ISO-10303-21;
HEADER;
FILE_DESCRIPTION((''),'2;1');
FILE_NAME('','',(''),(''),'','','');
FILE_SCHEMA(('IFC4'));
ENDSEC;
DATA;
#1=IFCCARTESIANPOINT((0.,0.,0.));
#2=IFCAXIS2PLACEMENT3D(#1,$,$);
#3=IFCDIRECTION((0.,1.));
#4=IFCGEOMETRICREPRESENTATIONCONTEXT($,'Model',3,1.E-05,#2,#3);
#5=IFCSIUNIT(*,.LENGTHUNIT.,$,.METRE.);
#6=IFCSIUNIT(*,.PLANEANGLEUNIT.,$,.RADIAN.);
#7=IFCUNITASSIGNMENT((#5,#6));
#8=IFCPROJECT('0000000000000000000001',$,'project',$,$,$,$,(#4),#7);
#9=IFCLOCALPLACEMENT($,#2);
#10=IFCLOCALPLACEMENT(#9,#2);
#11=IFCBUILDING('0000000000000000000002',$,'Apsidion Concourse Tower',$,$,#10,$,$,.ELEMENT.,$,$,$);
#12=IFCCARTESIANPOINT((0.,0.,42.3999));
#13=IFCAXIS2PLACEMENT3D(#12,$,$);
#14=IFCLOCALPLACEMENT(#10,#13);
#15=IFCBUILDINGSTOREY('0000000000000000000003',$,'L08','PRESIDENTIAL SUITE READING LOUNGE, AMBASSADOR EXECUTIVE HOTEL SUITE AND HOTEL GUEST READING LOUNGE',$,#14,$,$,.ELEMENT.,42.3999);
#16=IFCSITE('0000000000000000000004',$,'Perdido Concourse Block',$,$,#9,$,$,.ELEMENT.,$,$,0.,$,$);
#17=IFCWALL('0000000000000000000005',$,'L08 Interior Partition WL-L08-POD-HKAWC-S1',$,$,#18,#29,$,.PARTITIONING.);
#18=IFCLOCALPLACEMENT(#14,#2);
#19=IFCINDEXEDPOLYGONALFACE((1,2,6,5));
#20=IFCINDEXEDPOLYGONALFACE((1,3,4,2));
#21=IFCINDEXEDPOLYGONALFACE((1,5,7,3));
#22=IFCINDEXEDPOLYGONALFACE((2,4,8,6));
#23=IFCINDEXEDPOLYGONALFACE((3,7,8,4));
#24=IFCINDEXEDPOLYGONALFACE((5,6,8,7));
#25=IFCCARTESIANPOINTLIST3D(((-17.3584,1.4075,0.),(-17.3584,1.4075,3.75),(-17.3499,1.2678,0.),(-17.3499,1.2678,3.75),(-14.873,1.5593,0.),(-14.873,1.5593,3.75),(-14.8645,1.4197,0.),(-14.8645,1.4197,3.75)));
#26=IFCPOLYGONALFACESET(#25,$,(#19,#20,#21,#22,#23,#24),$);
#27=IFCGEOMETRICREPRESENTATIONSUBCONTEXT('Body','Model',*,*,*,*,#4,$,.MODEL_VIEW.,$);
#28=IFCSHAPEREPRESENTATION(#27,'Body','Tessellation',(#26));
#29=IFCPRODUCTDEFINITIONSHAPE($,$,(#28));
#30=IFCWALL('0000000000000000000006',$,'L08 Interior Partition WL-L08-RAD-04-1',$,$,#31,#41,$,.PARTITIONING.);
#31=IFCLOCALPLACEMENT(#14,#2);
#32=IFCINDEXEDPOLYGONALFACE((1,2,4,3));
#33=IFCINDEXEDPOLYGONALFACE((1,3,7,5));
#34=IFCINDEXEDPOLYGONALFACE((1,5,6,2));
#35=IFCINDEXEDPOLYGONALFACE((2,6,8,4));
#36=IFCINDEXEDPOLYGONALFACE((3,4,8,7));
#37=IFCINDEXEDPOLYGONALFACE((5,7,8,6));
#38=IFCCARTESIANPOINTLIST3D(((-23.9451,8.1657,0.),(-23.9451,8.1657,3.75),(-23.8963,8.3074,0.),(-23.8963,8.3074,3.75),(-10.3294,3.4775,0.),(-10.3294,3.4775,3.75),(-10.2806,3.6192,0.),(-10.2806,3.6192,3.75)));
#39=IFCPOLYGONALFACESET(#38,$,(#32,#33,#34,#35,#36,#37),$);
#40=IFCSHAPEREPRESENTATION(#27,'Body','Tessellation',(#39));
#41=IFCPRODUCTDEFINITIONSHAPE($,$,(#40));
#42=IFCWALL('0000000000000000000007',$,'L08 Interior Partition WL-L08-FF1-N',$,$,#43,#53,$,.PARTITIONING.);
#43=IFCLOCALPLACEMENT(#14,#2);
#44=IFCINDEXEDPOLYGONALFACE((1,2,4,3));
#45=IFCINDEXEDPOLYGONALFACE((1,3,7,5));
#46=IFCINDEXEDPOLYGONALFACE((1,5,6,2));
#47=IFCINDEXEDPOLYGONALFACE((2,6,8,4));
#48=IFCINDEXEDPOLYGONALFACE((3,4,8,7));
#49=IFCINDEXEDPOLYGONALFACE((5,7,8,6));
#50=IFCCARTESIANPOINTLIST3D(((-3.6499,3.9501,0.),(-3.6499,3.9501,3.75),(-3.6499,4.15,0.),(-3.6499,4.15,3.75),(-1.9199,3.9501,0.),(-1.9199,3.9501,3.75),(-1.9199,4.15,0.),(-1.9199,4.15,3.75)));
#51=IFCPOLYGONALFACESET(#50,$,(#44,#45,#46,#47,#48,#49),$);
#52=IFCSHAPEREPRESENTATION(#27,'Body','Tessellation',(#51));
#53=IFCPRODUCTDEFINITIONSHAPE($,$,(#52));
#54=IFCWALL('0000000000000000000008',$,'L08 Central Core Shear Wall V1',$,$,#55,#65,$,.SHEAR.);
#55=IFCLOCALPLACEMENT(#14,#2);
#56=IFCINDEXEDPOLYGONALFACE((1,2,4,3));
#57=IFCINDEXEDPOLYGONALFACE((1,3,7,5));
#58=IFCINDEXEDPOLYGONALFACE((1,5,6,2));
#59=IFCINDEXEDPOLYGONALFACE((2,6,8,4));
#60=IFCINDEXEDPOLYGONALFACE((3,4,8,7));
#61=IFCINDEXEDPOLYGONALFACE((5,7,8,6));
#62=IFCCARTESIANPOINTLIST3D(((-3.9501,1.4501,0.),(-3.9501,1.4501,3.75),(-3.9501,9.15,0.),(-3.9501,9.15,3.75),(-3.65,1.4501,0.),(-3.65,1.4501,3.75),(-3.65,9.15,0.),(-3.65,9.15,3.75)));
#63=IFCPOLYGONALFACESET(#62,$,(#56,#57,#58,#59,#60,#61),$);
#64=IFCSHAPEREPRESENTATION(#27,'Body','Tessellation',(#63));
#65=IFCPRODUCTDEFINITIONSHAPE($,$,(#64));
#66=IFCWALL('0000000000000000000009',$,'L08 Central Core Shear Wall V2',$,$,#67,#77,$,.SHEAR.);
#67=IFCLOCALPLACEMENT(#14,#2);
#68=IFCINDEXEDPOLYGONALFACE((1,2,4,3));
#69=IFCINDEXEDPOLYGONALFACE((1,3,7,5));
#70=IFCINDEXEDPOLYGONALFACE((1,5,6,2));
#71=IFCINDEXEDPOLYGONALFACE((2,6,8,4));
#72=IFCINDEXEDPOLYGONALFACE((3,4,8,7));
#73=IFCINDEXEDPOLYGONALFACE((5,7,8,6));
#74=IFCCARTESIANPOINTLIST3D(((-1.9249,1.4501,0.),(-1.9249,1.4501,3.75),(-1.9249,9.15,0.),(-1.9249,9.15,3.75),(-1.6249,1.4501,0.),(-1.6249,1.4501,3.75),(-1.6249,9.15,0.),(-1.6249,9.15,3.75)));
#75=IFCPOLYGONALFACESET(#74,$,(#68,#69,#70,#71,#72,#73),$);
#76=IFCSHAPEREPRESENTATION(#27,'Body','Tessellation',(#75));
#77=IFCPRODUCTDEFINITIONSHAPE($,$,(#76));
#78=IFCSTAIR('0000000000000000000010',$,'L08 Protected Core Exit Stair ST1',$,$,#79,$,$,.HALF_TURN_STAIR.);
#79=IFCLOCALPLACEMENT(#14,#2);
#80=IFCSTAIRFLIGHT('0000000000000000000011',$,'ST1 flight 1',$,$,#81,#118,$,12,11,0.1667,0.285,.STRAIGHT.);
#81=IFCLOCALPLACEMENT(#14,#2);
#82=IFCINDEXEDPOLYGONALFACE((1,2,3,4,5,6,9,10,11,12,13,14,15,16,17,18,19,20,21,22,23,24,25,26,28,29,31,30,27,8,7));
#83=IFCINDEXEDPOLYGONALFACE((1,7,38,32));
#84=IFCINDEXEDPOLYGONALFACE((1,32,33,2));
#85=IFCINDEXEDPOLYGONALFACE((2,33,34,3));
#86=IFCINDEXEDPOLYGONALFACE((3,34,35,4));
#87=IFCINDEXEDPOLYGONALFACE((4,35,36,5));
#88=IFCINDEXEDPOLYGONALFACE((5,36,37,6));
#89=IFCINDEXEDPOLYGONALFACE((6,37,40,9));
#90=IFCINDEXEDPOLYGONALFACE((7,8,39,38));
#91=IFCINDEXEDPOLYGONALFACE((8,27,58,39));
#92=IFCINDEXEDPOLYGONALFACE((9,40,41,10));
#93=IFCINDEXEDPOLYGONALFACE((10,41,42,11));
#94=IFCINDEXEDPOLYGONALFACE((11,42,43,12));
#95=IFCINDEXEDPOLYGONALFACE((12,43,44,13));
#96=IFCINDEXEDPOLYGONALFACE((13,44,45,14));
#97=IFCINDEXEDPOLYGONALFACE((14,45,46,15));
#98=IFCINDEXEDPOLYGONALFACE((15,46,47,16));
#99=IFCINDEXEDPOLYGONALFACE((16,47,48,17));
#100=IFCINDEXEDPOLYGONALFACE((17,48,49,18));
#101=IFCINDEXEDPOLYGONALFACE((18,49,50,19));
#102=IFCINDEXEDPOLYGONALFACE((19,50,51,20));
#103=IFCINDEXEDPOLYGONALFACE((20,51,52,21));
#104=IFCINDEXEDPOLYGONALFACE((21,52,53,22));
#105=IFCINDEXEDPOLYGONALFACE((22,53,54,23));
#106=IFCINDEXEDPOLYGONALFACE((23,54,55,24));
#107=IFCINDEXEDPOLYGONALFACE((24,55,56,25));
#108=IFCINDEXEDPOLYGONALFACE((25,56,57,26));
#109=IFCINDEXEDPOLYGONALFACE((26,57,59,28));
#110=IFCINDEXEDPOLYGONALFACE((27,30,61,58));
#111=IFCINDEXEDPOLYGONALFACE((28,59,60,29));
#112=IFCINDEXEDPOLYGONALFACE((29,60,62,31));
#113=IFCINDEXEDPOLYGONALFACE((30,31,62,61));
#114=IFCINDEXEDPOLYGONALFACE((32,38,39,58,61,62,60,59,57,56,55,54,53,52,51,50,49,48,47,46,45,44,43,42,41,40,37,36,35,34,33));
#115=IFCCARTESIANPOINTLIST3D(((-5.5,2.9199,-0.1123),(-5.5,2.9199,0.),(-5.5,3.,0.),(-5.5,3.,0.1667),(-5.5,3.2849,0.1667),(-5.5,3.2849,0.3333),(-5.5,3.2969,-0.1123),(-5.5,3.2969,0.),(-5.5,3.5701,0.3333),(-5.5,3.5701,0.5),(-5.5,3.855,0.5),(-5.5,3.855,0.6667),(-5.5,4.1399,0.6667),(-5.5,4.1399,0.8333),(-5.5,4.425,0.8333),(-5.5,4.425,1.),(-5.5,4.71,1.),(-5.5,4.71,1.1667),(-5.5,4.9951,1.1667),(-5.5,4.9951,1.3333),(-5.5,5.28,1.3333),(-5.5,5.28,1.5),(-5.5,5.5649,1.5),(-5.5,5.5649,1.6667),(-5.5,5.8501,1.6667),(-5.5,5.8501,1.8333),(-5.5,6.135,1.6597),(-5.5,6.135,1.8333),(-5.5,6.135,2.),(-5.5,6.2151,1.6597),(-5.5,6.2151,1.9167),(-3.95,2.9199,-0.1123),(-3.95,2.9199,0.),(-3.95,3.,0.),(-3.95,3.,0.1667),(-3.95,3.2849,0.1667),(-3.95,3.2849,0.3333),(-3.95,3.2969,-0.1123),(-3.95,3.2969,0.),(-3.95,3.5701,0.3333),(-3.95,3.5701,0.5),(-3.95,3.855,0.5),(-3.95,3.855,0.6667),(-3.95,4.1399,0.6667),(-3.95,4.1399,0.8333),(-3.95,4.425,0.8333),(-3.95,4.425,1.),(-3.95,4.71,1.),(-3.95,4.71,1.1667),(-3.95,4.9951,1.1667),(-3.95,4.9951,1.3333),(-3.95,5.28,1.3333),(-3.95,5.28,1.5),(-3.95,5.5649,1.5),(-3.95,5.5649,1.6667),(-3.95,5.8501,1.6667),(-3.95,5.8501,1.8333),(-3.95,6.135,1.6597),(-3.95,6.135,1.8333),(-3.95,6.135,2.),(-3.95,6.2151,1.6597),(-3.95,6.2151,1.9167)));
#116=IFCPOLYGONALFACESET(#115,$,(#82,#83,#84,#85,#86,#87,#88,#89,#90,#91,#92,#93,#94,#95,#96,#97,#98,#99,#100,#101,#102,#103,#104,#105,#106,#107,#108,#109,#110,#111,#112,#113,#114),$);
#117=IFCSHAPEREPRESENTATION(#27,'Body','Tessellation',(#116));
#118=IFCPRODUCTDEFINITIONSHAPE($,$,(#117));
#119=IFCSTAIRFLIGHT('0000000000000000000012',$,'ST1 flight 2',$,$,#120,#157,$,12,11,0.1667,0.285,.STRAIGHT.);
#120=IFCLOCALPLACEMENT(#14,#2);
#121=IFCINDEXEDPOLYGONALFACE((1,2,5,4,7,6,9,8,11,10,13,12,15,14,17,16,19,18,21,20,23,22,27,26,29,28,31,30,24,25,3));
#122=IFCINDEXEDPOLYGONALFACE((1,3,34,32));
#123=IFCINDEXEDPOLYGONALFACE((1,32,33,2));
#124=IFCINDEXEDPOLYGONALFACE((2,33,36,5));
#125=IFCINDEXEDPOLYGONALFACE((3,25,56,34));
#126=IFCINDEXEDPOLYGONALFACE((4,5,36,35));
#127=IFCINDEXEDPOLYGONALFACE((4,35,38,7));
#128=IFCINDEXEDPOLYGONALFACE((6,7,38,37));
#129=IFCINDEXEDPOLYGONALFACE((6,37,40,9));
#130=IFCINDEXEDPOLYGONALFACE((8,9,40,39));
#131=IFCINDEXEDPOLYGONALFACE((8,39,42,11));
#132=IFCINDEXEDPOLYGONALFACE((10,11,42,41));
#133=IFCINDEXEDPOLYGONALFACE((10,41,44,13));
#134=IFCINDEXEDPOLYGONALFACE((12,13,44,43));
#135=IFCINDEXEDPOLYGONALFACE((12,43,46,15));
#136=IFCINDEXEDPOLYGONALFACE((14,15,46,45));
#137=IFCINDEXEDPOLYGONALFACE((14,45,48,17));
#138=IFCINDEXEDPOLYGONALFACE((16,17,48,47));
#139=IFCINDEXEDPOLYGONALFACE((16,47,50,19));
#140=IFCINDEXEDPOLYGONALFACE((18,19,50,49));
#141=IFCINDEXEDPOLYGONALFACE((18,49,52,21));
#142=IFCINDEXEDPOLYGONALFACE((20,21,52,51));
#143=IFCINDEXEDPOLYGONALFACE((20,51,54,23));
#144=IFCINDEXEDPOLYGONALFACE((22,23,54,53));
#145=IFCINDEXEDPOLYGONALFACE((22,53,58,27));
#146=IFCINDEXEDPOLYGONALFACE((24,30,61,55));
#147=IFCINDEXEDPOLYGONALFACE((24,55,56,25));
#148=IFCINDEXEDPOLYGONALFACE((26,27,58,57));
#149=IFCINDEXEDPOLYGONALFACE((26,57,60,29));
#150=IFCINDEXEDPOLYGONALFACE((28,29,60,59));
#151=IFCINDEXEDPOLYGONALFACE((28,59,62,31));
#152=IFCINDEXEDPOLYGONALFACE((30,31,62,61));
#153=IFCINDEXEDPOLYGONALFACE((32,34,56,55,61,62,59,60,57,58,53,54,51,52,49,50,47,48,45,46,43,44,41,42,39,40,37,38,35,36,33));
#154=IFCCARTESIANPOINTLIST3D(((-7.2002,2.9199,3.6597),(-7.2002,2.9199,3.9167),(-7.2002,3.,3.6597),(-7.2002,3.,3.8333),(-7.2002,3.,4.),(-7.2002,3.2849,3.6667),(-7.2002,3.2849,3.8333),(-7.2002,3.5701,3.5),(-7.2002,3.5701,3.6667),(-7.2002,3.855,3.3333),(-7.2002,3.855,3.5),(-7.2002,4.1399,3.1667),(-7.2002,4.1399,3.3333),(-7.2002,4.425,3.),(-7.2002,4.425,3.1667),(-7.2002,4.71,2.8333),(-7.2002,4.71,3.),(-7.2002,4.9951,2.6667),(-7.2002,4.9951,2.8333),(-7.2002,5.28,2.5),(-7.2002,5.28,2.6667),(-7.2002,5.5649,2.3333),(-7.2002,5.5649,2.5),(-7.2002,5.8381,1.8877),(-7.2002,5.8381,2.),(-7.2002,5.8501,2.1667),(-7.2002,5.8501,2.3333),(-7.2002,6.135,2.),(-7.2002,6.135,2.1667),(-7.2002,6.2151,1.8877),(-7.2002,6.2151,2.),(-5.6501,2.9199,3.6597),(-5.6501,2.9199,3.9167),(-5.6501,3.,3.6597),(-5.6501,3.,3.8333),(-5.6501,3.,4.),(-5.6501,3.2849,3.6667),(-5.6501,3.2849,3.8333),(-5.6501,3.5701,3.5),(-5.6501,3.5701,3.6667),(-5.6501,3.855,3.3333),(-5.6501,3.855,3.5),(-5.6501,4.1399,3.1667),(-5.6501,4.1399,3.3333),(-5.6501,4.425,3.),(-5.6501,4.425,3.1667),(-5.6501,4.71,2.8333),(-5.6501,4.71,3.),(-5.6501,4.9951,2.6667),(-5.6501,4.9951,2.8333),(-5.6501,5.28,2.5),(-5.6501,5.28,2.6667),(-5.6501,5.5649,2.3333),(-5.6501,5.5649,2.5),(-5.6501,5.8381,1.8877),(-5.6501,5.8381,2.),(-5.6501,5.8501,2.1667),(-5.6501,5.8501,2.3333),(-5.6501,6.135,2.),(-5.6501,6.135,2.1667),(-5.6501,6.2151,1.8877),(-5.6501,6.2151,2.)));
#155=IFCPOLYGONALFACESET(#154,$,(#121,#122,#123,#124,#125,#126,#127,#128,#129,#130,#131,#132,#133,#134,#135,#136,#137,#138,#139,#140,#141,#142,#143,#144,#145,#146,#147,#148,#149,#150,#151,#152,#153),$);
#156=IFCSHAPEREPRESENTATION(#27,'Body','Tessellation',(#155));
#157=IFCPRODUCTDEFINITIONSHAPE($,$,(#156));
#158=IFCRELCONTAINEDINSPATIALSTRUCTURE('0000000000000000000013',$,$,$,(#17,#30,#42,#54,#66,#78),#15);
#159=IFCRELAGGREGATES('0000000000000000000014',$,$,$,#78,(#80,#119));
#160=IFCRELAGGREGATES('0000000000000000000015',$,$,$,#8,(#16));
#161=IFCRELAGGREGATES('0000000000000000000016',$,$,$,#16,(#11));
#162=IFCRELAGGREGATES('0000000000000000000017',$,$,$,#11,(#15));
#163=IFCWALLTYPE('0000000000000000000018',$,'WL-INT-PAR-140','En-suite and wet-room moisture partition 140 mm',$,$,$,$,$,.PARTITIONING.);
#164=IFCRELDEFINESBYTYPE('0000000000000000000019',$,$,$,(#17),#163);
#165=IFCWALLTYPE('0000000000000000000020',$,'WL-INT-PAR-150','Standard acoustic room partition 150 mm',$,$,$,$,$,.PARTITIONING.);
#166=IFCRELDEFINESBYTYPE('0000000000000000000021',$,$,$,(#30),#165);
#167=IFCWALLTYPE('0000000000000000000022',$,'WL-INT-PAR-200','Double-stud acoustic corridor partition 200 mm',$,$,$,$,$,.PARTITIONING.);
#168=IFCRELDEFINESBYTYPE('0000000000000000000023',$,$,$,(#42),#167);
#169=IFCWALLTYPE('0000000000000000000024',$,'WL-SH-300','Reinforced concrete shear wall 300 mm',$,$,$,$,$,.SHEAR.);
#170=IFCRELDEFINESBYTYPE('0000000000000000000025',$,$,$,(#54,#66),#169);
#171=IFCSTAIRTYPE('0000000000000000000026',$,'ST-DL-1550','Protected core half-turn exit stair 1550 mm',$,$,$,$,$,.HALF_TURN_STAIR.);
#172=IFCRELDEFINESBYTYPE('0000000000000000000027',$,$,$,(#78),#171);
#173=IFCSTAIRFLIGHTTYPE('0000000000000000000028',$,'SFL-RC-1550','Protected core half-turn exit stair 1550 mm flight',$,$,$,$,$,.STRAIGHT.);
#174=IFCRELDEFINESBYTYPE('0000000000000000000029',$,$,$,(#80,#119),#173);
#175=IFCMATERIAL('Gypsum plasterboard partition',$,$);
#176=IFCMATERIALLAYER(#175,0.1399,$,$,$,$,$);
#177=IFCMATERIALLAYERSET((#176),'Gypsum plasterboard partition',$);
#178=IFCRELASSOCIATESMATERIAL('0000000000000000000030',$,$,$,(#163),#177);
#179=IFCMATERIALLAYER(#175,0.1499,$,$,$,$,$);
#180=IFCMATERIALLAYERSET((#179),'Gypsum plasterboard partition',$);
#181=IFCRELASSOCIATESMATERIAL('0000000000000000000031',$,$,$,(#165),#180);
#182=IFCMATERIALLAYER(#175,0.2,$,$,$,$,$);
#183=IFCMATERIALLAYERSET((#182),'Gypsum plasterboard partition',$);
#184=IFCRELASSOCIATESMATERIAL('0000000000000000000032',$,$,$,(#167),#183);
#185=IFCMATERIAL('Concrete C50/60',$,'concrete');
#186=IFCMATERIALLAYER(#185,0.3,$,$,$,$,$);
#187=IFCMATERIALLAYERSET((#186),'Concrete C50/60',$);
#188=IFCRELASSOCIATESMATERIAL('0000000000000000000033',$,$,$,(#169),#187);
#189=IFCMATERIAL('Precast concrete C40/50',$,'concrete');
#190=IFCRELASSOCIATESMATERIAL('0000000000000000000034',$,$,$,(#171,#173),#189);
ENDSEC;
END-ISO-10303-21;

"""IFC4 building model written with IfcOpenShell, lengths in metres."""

from ifc_helpers import new_model, si_unit, direction, frame, frame_2d, origin, place, context, subcontext, project, spatial, polyline, rectangle, outline, extrude, material, layer, layer_set, type_object, element, aggregate, save


model = new_model("IFC4")

# Units and contexts
model_context = context("Model", 3, precision=1e-05, world=origin(), true_north=direction((0.0, 1.0)))
body_context = subcontext(model_context, "Body", "Model", "MODEL_VIEW")
ifc_project = project(units=[si_unit("LENGTHUNIT", "METRE"), si_unit("PLANEANGLEUNIT", "RADIAN")], contexts=[model_context])

# Site, building, storey
site_placement = place(None, origin())
site = spatial("IfcSite", under=ifc_project, at=site_placement, Name="Perdido Concourse Block", CompositionType="ELEMENT", RefElevation=0.0)
building_placement = place(site_placement, origin())
building = spatial("IfcBuilding", under=site, at=building_placement, Name="Apsidion Concourse Tower", CompositionType="ELEMENT")
storey_placement = place(building_placement, frame((0.0, 0.0, 42.3999)))
storey = spatial("IfcBuildingStorey", under=building, at=storey_placement, Name="L08", Description="PRESIDENTIAL SUITE READING LOUNGE, AMBASSADOR EXECUTIVE HOTEL SUITE AND HOTEL GUEST READING LOUNGE", CompositionType="ELEMENT", Elevation=42.3999)

# Shared definitions
ifc_material_1 = material(Name="Concrete C50/60", Category="concrete")

# Walls
ifc_material_2 = material(Name="Gypsum plasterboard partition")
ifc_layer_1 = layer(ifc_material_2, 0.1399)
ifc_layer_set_1 = layer_set([ifc_layer_1], Name="Gypsum plasterboard partition")
wall_type_1 = type_object("IfcWallType", Name="WL-INT-PAR-140", Description="En-suite and wet-room moisture partition 140 mm", PredefinedType="PARTITIONING", material=ifc_layer_set_1)
wall_1_placement = place(storey_placement, frame((-14.8687, 1.4895, 0.0), z_axis=(0.0, 0.0, 1.0), x_axis=(-0.998139, -0.060986, 0.0)))
element("IfcWall", 1, at=wall_1_placement, inside=storey, type_object=wall_type_1, Name="L08 Interior Partition WL-L08-POD-HKAWC-S1", PredefinedType="PARTITIONING", context=body_context, shape_type="SweptSolid", body=[
    extrude(rectangle(XDim=2.49, YDim=0.1399, at=frame_2d((1.2451, 0.0))), origin(), (0.0, 0.0, 1.0), 3.75),
])
ifc_layer_2 = layer(ifc_material_2, 0.1499)
ifc_layer_set_2 = layer_set([ifc_layer_2], Name="Gypsum plasterboard partition")
wall_type_2 = type_object("IfcWallType", Name="WL-INT-PAR-150", Description="Standard acoustic room partition 150 mm", PredefinedType="PARTITIONING", material=ifc_layer_set_2)
wall_2_placement = place(storey_placement, frame((-10.3049, 3.5483, 0.0), z_axis=(0.0, 0.0, 1.0), x_axis=(-0.945519, 0.325566, 0.0)))
element("IfcWall", 2, at=wall_2_placement, inside=storey, type_object=wall_type_2, Name="L08 Interior Partition WL-L08-RAD-04-1", PredefinedType="PARTITIONING", context=body_context, shape_type="SweptSolid", body=[
    extrude(rectangle(XDim=14.4001, YDim=0.1499, at=frame_2d((7.2002, 0.0))), origin(), (0.0, 0.0, 1.0), 3.75),
])
ifc_layer_3 = layer(ifc_material_2, 0.2)
ifc_layer_set_3 = layer_set([ifc_layer_3], Name="Gypsum plasterboard partition")
wall_type_3 = type_object("IfcWallType", Name="WL-INT-PAR-200", Description="Double-stud acoustic corridor partition 200 mm", PredefinedType="PARTITIONING", material=ifc_layer_set_3)
wall_3_placement = place(storey_placement, frame((-3.6499, 4.05, 0.0), z_axis=(0.0, 0.0, 1.0), x_axis=(1.0, 0.0, 0.0)))
element("IfcWall", 3, at=wall_3_placement, inside=storey, type_object=wall_type_3, Name="L08 Interior Partition WL-L08-FF1-N", PredefinedType="PARTITIONING", context=body_context, shape_type="SweptSolid", body=[
    extrude(rectangle(XDim=1.73, YDim=0.2, at=frame_2d((0.865, 0.0))), origin(), (0.0, 0.0, 1.0), 3.75),
])
ifc_layer_4 = layer(ifc_material_1, 0.3)
ifc_layer_set_4 = layer_set([ifc_layer_4], Name="Concrete C50/60")
wall_type_4 = type_object("IfcWallType", Name="WL-SH-300", Description="Reinforced concrete shear wall 300 mm", PredefinedType="SHEAR", material=ifc_layer_set_4)
for number, where, z_axis, x_axis, name in (
    (4, (-3.8, 1.45, 0.0), (0.0, 0.0, 1.0), (0.0, 1.0, 0.0), "L08 Central Core Shear Wall V1"),
    (5, (-1.7749, 1.45, 0.0), (0.0, 0.0, 1.0), (0.0, 1.0, 0.0), "L08 Central Core Shear Wall V2"),
):
    element("IfcWall", number, at=place(storey_placement, frame(where, z_axis=z_axis, x_axis=x_axis)), inside=storey, type_object=wall_type_4, Name=name, PredefinedType="SHEAR", context=body_context, shape_type="SweptSolid", body=[
        extrude(rectangle(XDim=7.7, YDim=0.3, at=frame_2d((3.8501, 0.0))), origin(), (0.0, 0.0, 1.0), 3.75),
    ])

# Stair, stair flights
ifc_material_3 = material(Name="Precast concrete C40/50", Category="concrete")
stair_type = type_object("IfcStairType", Name="ST-DL-1550", Description="Protected core half-turn exit stair 1550 mm", PredefinedType="HALF_TURN_STAIR", material=ifc_material_3)
stair_placement = place(storey_placement, origin())
stair = element("IfcStair", 6, at=stair_placement, inside=storey, type_object=stair_type, Name="L08 Protected Core Exit Stair ST1", PredefinedType="HALF_TURN_STAIR")
stair_flight_type = type_object("IfcStairFlightType", Name="SFL-RC-1550", Description="Protected core half-turn exit stair 1550 mm flight", PredefinedType="STRAIGHT", material=ifc_material_3)
stair_flight_1_placement = place(storey_placement, frame((-4.7251, 3.0, 0.0), z_axis=(0.0, 0.0, 1.0), x_axis=(0.0, 1.0, 0.0)))
stair_flight_1 = element("IfcStairFlight", 7, at=stair_flight_1_placement, type_object=stair_flight_type, Name="ST1 flight 1", NumberOfRisers=12, NumberOfTreads=11, PredefinedType="STRAIGHT", RiserHeight=0.1667, TreadLength=0.285, context=body_context, shape_type="SweptSolid", body=[
    extrude(outline(polyline([(-0.0801, -0.1123), (-0.0801, 0.0), (0.0, 0.0), (0.0, 0.1667), (0.2849, 0.1667), (0.2849, 0.3333), (0.5701, 0.3333), (0.5701, 0.5), (0.855, 0.5), (0.855, 0.6667), (1.1399, 0.6667), (1.1399, 0.8333), (1.425, 0.8333), (1.425, 1.0), (1.71, 1.0), (1.71, 1.1667), (1.9951, 1.1667), (1.9951, 1.3333), (2.28, 1.3333), (2.28, 1.5), (2.5649, 1.5), (2.5649, 1.6667), (2.8501, 1.6667), (2.8501, 1.8333), (3.135, 1.8333), (3.135, 2.0), (3.2151, 1.9167), (3.2151, 1.6597), (3.135, 1.6597), (0.2969, 0.0), (0.2969, -0.1123), (-0.0801, -0.1123)])), frame((0.0, 0.7749, 0.0), z_axis=(0.0, -1.0, 0.0), x_axis=(1.0, 0.0, 0.0)), (0.0, 0.0, 1.0), 1.55),
])
stair_flight_2_placement = place(storey_placement, frame((-6.425, 6.135, 2.0), z_axis=(0.0, 0.0, 1.0), x_axis=(0.0, -1.0, 0.0)))
stair_flight_2 = element("IfcStairFlight", 8, at=stair_flight_2_placement, type_object=stair_flight_type, Name="ST1 flight 2", NumberOfRisers=12, NumberOfTreads=11, PredefinedType="STRAIGHT", RiserHeight=0.1667, TreadLength=0.285, context=body_context, shape_type="SweptSolid", body=[
    extrude(outline(polyline([(-0.0801, -0.1123), (-0.0801, 0.0), (0.0, 0.0), (0.0, 0.1667), (0.2849, 0.1667), (0.2849, 0.3333), (0.5701, 0.3333), (0.5701, 0.5), (0.855, 0.5), (0.855, 0.6667), (1.1399, 0.6667), (1.1399, 0.8333), (1.425, 0.8333), (1.425, 1.0), (1.71, 1.0), (1.71, 1.1667), (1.9951, 1.1667), (1.9951, 1.3333), (2.28, 1.3333), (2.28, 1.5), (2.5649, 1.5), (2.5649, 1.6667), (2.8501, 1.6667), (2.8501, 1.8333), (3.135, 1.8333), (3.135, 2.0), (3.2151, 1.9167), (3.2151, 1.6597), (3.135, 1.6597), (0.2969, 0.0), (0.2969, -0.1123), (-0.0801, -0.1123)])), frame((0.0, 0.7749, 0.0), z_axis=(0.0, -1.0, 0.0), x_axis=(1.0, 0.0, 0.0)), (0.0, 0.0, 1.0), 1.55),
])
aggregate(stair, [stair_flight_1, stair_flight_2])

save(model, "model.ifc")
